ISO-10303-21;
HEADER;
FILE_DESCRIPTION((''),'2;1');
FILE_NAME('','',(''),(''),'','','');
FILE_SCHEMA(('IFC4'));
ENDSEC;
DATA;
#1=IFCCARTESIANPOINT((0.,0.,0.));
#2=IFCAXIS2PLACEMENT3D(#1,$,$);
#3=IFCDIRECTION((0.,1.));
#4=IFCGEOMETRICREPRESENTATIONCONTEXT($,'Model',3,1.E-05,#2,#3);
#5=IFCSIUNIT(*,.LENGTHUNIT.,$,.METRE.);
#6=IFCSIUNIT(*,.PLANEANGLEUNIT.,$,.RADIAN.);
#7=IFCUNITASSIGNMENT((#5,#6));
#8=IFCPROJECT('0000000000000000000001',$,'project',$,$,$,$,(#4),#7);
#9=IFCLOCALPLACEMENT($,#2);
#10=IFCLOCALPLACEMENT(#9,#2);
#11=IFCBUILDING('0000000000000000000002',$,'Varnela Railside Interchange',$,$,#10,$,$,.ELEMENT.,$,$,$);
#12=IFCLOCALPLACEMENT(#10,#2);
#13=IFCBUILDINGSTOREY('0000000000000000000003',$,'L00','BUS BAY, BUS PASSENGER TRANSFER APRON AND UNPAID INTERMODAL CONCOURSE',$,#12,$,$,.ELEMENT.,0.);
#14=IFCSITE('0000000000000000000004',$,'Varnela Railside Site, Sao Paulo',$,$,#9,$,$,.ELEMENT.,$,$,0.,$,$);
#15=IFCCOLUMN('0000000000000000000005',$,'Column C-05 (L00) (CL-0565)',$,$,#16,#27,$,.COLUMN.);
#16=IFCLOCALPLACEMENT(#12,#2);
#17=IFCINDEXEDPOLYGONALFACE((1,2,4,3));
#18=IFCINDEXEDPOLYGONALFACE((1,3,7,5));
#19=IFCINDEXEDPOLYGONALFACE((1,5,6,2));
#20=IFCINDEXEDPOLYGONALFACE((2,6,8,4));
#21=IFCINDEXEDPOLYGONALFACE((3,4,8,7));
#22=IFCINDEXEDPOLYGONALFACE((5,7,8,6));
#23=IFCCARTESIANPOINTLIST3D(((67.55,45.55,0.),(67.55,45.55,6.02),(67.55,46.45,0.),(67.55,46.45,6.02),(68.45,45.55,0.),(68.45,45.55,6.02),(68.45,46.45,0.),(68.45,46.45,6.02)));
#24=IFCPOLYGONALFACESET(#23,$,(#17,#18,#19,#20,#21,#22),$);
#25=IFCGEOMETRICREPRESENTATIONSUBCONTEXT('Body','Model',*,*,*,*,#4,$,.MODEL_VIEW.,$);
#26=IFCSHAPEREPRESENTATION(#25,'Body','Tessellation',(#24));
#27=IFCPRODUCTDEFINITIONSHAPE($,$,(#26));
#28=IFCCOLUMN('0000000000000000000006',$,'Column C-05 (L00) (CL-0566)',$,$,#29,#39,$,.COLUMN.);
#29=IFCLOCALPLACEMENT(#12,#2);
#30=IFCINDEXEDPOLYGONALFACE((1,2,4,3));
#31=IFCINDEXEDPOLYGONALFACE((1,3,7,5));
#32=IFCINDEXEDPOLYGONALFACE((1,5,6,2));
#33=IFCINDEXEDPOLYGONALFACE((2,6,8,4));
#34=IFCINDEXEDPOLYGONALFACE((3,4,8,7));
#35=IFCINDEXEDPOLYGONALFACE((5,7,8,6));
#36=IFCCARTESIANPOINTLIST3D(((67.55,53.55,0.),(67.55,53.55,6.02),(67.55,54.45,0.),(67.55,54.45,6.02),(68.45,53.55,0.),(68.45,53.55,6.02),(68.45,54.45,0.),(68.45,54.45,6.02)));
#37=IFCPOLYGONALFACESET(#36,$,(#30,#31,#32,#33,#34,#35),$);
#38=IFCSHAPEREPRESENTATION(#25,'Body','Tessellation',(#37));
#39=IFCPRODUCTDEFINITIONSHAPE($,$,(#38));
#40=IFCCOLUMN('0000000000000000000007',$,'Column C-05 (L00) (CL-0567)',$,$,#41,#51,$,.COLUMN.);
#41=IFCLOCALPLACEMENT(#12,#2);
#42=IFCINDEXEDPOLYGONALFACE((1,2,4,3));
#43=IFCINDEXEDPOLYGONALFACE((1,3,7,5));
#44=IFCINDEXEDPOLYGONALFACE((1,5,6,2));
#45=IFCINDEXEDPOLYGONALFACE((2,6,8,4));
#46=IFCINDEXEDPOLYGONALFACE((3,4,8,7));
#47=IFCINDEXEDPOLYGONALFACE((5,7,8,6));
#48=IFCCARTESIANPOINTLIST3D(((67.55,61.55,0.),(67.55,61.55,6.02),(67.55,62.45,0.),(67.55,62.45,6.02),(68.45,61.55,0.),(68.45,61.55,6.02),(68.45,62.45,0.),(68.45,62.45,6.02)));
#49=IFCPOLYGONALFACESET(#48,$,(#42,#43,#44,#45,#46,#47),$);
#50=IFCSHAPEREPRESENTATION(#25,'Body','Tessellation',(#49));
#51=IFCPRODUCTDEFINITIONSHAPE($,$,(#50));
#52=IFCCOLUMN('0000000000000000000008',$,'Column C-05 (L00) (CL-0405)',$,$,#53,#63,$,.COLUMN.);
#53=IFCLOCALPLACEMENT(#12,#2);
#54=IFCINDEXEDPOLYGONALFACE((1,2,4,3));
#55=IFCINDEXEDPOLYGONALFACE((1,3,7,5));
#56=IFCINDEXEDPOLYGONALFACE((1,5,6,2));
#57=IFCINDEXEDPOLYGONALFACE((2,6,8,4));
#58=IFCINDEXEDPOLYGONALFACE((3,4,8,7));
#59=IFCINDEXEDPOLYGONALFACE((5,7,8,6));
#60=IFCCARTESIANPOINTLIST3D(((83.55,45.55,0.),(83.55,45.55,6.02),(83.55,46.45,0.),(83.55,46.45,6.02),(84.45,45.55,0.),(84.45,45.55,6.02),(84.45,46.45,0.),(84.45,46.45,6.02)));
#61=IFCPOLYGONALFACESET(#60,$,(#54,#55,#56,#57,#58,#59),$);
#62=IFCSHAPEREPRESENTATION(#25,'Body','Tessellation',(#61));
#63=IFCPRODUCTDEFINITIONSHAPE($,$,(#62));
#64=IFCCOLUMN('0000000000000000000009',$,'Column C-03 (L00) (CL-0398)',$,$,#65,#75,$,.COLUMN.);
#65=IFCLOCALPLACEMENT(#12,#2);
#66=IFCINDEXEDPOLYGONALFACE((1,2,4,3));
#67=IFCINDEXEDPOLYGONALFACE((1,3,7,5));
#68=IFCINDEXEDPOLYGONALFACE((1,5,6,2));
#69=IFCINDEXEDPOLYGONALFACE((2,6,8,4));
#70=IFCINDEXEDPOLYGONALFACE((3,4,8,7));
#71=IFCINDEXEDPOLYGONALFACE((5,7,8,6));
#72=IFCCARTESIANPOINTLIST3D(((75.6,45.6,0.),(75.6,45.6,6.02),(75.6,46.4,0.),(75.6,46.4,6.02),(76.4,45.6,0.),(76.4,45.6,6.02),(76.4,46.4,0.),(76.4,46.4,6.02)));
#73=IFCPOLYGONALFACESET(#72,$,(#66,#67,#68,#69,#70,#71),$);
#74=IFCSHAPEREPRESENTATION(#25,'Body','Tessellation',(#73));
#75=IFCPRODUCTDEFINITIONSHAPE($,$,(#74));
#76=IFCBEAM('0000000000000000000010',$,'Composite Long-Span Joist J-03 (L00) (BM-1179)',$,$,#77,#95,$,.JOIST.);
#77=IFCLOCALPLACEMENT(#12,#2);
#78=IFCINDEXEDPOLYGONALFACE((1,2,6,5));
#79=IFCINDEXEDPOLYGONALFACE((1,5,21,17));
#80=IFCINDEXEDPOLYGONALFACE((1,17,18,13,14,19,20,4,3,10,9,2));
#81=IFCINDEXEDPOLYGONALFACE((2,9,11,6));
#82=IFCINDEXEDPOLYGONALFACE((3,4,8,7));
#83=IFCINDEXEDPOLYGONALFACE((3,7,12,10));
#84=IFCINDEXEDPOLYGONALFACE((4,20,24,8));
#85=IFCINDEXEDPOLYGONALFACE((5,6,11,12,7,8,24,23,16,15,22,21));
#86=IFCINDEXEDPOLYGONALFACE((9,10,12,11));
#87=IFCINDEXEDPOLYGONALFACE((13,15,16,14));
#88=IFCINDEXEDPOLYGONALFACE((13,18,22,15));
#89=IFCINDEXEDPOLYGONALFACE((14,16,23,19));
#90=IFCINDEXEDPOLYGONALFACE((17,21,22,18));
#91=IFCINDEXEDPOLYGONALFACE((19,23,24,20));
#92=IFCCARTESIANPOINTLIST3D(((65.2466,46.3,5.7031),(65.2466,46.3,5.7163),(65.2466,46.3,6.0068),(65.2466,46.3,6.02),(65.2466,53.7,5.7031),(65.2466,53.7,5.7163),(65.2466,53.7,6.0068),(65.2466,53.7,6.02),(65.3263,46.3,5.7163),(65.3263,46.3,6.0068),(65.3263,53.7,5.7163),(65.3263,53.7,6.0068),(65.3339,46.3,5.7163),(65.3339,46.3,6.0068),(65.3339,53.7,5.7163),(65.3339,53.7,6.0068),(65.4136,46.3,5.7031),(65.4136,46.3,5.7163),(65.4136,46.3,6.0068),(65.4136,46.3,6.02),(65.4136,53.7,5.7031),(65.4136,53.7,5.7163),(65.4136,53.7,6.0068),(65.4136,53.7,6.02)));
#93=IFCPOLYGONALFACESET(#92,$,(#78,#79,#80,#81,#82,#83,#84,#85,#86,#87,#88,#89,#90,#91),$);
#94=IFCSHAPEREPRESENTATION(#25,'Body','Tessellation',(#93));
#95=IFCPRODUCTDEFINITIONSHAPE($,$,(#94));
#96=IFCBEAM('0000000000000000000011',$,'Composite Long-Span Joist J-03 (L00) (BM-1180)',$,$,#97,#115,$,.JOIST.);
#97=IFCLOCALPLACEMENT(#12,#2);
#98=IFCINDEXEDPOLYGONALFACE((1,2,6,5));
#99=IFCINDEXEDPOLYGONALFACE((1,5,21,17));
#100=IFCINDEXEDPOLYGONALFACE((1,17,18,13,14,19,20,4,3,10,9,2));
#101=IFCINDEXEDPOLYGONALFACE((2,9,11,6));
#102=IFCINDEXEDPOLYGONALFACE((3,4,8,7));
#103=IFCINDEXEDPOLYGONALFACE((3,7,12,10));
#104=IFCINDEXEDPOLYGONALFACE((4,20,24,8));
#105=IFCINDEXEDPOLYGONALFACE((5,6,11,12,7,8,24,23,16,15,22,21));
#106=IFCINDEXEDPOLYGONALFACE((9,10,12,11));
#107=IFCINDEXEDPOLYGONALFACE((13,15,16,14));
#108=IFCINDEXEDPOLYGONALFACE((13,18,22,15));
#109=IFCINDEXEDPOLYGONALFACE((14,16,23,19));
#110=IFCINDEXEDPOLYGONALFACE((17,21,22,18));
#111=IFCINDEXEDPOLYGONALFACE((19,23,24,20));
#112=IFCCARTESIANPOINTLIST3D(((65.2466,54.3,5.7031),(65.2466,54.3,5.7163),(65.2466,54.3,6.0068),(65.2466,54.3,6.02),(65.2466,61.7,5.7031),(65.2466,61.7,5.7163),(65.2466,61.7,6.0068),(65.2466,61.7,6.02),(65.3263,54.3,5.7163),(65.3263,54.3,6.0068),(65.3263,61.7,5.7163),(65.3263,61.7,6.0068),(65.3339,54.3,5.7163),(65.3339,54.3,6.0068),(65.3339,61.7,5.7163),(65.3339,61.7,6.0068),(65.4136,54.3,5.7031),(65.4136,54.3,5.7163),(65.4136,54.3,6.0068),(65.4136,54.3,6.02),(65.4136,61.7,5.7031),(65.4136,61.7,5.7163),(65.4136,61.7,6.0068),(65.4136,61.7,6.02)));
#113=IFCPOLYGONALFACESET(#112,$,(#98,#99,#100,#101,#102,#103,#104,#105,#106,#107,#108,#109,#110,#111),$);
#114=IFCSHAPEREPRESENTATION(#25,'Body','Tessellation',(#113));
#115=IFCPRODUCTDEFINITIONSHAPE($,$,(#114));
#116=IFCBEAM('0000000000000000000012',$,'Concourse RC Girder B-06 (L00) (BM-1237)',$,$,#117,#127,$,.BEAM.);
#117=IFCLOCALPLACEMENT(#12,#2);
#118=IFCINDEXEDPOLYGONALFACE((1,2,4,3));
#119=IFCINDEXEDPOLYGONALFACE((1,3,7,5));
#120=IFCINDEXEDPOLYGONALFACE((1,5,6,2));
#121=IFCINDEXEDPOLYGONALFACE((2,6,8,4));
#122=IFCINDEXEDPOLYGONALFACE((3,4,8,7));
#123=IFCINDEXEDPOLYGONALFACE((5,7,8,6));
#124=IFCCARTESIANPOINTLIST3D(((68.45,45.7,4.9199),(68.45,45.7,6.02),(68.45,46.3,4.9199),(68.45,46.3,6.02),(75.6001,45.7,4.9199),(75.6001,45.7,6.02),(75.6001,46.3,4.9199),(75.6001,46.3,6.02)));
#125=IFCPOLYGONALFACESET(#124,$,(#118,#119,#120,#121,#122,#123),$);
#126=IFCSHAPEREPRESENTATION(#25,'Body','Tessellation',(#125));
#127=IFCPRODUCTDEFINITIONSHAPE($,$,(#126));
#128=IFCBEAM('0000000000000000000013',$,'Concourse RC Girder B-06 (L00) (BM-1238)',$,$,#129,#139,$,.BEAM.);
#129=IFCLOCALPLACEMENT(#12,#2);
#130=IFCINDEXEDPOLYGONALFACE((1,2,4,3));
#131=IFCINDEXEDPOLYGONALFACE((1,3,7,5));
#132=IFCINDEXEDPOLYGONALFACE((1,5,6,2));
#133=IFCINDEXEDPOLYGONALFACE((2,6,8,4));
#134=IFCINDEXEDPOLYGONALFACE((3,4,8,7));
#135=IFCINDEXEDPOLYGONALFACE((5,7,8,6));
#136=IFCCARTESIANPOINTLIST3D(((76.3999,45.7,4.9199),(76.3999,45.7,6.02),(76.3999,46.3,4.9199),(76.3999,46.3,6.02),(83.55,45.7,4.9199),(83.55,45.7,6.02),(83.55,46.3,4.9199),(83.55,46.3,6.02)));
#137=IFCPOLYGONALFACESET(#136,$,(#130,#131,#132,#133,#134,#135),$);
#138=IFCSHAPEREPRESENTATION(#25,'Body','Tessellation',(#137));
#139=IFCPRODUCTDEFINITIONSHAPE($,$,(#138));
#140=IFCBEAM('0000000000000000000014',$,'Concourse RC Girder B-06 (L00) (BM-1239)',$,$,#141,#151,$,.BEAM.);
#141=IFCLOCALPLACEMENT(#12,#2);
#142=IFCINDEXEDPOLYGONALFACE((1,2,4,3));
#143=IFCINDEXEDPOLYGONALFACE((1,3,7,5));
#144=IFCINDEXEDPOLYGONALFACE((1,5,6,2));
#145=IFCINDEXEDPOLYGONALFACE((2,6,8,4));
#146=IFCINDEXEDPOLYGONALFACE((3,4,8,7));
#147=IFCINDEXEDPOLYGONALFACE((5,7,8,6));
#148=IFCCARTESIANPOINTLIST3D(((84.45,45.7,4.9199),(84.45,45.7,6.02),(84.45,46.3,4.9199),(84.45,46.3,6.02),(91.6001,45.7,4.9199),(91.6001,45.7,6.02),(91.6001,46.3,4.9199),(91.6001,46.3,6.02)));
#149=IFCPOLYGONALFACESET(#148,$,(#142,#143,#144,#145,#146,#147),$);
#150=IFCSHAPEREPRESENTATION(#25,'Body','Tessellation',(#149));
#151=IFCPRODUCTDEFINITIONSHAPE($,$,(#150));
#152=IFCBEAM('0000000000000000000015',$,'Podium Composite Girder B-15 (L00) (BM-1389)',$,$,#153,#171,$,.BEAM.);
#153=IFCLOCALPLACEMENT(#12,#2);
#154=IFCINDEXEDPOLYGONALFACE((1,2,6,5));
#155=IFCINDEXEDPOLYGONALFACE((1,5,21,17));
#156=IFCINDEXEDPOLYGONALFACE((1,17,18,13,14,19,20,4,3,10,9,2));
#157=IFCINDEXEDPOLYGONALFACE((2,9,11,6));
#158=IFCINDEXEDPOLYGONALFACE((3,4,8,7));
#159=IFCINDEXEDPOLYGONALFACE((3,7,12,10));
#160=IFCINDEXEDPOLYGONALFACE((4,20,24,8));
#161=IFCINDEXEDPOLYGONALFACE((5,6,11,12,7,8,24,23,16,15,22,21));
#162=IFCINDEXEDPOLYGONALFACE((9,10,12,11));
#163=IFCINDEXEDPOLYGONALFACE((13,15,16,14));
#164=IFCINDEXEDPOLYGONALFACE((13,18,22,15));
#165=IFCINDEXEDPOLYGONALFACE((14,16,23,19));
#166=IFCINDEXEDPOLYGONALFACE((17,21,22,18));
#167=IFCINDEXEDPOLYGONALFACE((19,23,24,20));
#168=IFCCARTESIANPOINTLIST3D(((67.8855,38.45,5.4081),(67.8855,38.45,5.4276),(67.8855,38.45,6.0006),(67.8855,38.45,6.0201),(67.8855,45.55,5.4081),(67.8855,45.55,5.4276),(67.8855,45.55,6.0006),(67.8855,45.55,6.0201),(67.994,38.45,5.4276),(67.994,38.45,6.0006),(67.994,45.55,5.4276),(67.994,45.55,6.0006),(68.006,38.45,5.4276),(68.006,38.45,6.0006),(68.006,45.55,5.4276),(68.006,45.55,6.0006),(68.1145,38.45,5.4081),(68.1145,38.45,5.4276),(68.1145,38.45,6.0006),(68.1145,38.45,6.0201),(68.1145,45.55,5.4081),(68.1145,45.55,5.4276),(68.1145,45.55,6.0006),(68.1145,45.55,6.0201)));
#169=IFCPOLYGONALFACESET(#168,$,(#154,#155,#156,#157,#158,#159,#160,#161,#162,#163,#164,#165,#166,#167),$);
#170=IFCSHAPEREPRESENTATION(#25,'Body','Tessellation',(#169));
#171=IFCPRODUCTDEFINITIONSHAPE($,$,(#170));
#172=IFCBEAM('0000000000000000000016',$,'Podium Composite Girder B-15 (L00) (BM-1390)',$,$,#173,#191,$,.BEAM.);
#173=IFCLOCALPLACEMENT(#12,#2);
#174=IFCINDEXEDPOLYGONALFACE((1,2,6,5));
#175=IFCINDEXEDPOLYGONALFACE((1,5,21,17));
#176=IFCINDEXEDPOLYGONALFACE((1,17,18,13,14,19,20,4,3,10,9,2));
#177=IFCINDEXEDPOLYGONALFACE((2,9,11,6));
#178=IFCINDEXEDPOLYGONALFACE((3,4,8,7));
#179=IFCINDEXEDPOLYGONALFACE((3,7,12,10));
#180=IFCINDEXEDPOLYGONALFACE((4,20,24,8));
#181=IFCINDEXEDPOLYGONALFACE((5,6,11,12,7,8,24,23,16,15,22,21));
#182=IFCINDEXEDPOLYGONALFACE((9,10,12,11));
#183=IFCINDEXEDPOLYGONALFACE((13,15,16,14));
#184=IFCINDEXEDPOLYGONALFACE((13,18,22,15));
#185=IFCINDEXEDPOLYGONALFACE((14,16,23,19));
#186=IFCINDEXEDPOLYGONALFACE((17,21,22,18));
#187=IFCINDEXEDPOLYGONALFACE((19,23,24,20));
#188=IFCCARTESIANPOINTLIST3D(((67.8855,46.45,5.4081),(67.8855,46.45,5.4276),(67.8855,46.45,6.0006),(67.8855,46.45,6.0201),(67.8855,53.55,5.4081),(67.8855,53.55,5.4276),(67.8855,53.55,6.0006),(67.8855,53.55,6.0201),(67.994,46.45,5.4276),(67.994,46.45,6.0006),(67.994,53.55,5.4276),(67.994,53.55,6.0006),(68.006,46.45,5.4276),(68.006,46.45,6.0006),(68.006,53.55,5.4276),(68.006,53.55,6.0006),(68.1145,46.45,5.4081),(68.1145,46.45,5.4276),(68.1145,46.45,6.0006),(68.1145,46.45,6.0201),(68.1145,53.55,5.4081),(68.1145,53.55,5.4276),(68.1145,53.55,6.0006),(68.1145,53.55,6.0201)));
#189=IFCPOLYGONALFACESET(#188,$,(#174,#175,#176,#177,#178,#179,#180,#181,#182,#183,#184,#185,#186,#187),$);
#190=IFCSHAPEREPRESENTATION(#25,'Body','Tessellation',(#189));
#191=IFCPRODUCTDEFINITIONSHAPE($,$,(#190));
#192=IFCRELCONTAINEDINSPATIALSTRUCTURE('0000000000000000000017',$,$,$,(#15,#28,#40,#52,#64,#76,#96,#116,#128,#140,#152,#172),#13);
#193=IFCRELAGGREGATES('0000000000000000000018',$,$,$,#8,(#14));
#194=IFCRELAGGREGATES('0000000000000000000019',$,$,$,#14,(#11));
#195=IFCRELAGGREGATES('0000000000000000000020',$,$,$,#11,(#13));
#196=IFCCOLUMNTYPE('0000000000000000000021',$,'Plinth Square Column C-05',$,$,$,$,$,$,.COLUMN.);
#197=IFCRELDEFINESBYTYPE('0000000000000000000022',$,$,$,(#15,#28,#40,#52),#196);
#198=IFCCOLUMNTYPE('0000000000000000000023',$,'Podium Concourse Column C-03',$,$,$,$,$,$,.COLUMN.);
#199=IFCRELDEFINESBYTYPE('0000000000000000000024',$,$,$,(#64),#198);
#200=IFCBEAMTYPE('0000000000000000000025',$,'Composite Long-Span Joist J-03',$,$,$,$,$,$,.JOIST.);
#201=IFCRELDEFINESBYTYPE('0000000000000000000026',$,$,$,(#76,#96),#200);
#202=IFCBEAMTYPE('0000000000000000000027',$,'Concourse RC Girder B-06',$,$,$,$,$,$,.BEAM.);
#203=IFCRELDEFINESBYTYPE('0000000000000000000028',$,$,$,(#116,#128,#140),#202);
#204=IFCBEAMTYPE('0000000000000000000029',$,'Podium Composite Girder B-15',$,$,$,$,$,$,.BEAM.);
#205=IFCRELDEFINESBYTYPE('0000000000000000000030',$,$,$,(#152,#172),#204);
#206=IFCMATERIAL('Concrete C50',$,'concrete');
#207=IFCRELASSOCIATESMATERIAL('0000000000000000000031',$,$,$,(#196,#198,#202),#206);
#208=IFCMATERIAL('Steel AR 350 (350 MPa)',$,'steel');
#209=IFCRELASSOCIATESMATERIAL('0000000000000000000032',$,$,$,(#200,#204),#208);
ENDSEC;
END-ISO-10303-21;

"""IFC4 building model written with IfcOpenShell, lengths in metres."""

from ifc_helpers import new_model, si_unit, direction, frame, origin, origin_2d, place, context, subcontext, project, spatial, rectangle, i_section, extrude, material, material_profile, profile_set, type_object, element, save


model = new_model("IFC4")

# Units and contexts
model_context = context("Model", 3, precision=1e-05, world=origin(), true_north=direction((0.0, 1.0)))
body_context = subcontext(model_context, "Body", "Model", "MODEL_VIEW")
ifc_project = project(units=[si_unit("LENGTHUNIT", "METRE"), si_unit("PLANEANGLEUNIT", "RADIAN")], contexts=[model_context])

# Site, building, storey
site_placement = place(None, origin())
site = spatial("IfcSite", under=ifc_project, at=site_placement, Name="Varnela Railside Site, Sao Paulo", CompositionType="ELEMENT", RefElevation=0.0)
building_placement = place(site_placement, origin())
building = spatial("IfcBuilding", under=site, at=building_placement, Name="Varnela Railside Interchange", CompositionType="ELEMENT")
storey_placement = place(building_placement, origin())
storey = spatial("IfcBuildingStorey", under=building, at=storey_placement, Name="L00", Description="BUS BAY, BUS PASSENGER TRANSFER APRON AND UNPAID INTERMODAL CONCOURSE", CompositionType="ELEMENT", Elevation=0.0)

# Columns
ifc_material_1 = material(Name="Concrete C50", Category="concrete")
ifc_material_profile_1 = material_profile(ifc_material_1, rectangle(XDim=0.8999, YDim=0.8999, at=origin_2d()), Name="RC 900x900")
ifc_profile_set_1 = profile_set([ifc_material_profile_1], Name="Concrete C50")
column_type_1 = type_object("IfcColumnType", Name="Plinth Square Column C-05", PredefinedType="COLUMN", material=ifc_profile_set_1)
for number, where, z_axis, x_axis, name in (
    (1, (68.0, 46.0, 0.0), (0.0, 0.0, 1.0), (1.0, 0.0, 0.0), "Column C-05 (L00) (CL-0565)"),
    (2, (68.0, 54.0, 0.0), (0.0, 0.0, 1.0), (1.0, 0.0, 0.0), "Column C-05 (L00) (CL-0566)"),
    (3, (68.0, 62.0, 0.0), (0.0, 0.0, 1.0), (1.0, 0.0, 0.0), "Column C-05 (L00) (CL-0567)"),
    (4, (84.0, 46.0, 0.0), (0.0, 0.0, 1.0), (1.0, 0.0, 0.0), "Column C-05 (L00) (CL-0405)"),
):
    element("IfcColumn", number, at=place(storey_placement, frame(where, z_axis=z_axis, x_axis=x_axis)), inside=storey, type_object=column_type_1, Name=name, PredefinedType="COLUMN", context=body_context, shape_type="SweptSolid", body=[
        extrude(rectangle(XDim=0.8999, YDim=0.8999, at=origin_2d()), origin(), (0.0, 0.0, 1.0), 6.02),
    ])
ifc_material_profile_2 = material_profile(ifc_material_1, rectangle(XDim=0.8, YDim=0.8, at=origin_2d()), Name="RC 800x800")
ifc_profile_set_2 = profile_set([ifc_material_profile_2], Name="Concrete C50")
column_type_2 = type_object("IfcColumnType", Name="Podium Concourse Column C-03", PredefinedType="COLUMN", material=ifc_profile_set_2)
column_placement = place(storey_placement, frame((76.0, 46.0, 0.0), z_axis=(0.0, 0.0, 1.0), x_axis=(1.0, 0.0, 0.0)))
element("IfcColumn", 5, at=column_placement, inside=storey, type_object=column_type_2, Name="Column C-03 (L00) (CL-0398)", PredefinedType="COLUMN", context=body_context, shape_type="SweptSolid", body=[
    extrude(rectangle(XDim=0.8, YDim=0.8, at=origin_2d()), origin(), (0.0, 0.0, 1.0), 6.02),
])

# Beams
ifc_material_2 = material(Name="Steel AR 350 (350 MPa)", Category="steel")
ifc_material_profile_3 = material_profile(ifc_material_2, i_section(OverallWidth=0.167, OverallDepth=0.3169, WebThickness=0.0076, FlangeThickness=0.0132, at=origin_2d()), Name="W310x52")
ifc_profile_set_3 = profile_set([ifc_material_profile_3], Name="Steel AR 350 (350 MPa)")
beam_type_1 = type_object("IfcBeamType", Name="Composite Long-Span Joist J-03", PredefinedType="JOIST", material=ifc_profile_set_3)
for number, where, z_axis, x_axis, name in (
    (6, (65.3301, 46.3, 5.8616), (0.0, 1.0, 0.0), (-1.0, 0.0, 0.0), "Composite Long-Span Joist J-03 (L00) (BM-1179)"),
    (7, (65.3301, 54.3, 5.8616), (0.0, 1.0, 0.0), (-1.0, 0.0, 0.0), "Composite Long-Span Joist J-03 (L00) (BM-1180)"),
):
    element("IfcBeam", number, at=place(storey_placement, frame(where, z_axis=z_axis, x_axis=x_axis)), inside=storey, type_object=beam_type_1, Name=name, PredefinedType="JOIST", context=body_context, shape_type="SweptSolid", body=[
        extrude(i_section(OverallWidth=0.167, OverallDepth=0.3169, WebThickness=0.0076, FlangeThickness=0.0132, at=origin_2d()), origin(), (0.0, 0.0, 1.0), 7.3999),
    ])
ifc_material_profile_4 = material_profile(ifc_material_1, rectangle(XDim=0.6001, YDim=1.1001, at=origin_2d()), Name="RC 600x1100")
ifc_profile_set_4 = profile_set([ifc_material_profile_4], Name="Concrete C50")
beam_type_2 = type_object("IfcBeamType", Name="Concourse RC Girder B-06", PredefinedType="BEAM", material=ifc_profile_set_4)
for number, where, z_axis, x_axis, name in (
    (8, (68.45, 46.0, 5.47), (1.0, 0.0, 0.0), (0.0, 1.0, 0.0), "Concourse RC Girder B-06 (L00) (BM-1237)"),
    (9, (76.3999, 46.0, 5.47), (1.0, 0.0, 0.0), (0.0, 1.0, 0.0), "Concourse RC Girder B-06 (L00) (BM-1238)"),
    (10, (84.45, 46.0, 5.47), (1.0, 0.0, 0.0), (0.0, 1.0, 0.0), "Concourse RC Girder B-06 (L00) (BM-1239)"),
):
    element("IfcBeam", number, at=place(storey_placement, frame(where, z_axis=z_axis, x_axis=x_axis)), inside=storey, type_object=beam_type_2, Name=name, PredefinedType="BEAM", context=body_context, shape_type="SweptSolid", body=[
        extrude(rectangle(XDim=0.6001, YDim=1.1001, at=origin_2d()), origin(), (0.0, 0.0, 1.0), 7.1501),
    ])
ifc_material_profile_5 = material_profile(ifc_material_2, i_section(OverallWidth=0.229, OverallDepth=0.6121, WebThickness=0.012, FlangeThickness=0.0195, at=origin_2d()), Name="W610x125")
ifc_profile_set_5 = profile_set([ifc_material_profile_5], Name="Steel AR 350 (350 MPa)")
beam_type_3 = type_object("IfcBeamType", Name="Podium Composite Girder B-15", PredefinedType="BEAM", material=ifc_profile_set_5)
for number, where, z_axis, x_axis, name in (
    (11, (68.0, 38.45, 5.7141), (0.0, 1.0, 0.0), (-1.0, 0.0, 0.0), "Podium Composite Girder B-15 (L00) (BM-1389)"),
    (12, (68.0, 46.45, 5.7141), (0.0, 1.0, 0.0), (-1.0, 0.0, 0.0), "Podium Composite Girder B-15 (L00) (BM-1390)"),
):
    element("IfcBeam", number, at=place(storey_placement, frame(where, z_axis=z_axis, x_axis=x_axis)), inside=storey, type_object=beam_type_3, Name=name, PredefinedType="BEAM", context=body_context, shape_type="SweptSolid", body=[
        extrude(i_section(OverallWidth=0.229, OverallDepth=0.6121, WebThickness=0.012, FlangeThickness=0.0195, at=origin_2d()), origin(), (0.0, 0.0, 1.0), 7.1001),
    ])

save(model, "model.ifc")
